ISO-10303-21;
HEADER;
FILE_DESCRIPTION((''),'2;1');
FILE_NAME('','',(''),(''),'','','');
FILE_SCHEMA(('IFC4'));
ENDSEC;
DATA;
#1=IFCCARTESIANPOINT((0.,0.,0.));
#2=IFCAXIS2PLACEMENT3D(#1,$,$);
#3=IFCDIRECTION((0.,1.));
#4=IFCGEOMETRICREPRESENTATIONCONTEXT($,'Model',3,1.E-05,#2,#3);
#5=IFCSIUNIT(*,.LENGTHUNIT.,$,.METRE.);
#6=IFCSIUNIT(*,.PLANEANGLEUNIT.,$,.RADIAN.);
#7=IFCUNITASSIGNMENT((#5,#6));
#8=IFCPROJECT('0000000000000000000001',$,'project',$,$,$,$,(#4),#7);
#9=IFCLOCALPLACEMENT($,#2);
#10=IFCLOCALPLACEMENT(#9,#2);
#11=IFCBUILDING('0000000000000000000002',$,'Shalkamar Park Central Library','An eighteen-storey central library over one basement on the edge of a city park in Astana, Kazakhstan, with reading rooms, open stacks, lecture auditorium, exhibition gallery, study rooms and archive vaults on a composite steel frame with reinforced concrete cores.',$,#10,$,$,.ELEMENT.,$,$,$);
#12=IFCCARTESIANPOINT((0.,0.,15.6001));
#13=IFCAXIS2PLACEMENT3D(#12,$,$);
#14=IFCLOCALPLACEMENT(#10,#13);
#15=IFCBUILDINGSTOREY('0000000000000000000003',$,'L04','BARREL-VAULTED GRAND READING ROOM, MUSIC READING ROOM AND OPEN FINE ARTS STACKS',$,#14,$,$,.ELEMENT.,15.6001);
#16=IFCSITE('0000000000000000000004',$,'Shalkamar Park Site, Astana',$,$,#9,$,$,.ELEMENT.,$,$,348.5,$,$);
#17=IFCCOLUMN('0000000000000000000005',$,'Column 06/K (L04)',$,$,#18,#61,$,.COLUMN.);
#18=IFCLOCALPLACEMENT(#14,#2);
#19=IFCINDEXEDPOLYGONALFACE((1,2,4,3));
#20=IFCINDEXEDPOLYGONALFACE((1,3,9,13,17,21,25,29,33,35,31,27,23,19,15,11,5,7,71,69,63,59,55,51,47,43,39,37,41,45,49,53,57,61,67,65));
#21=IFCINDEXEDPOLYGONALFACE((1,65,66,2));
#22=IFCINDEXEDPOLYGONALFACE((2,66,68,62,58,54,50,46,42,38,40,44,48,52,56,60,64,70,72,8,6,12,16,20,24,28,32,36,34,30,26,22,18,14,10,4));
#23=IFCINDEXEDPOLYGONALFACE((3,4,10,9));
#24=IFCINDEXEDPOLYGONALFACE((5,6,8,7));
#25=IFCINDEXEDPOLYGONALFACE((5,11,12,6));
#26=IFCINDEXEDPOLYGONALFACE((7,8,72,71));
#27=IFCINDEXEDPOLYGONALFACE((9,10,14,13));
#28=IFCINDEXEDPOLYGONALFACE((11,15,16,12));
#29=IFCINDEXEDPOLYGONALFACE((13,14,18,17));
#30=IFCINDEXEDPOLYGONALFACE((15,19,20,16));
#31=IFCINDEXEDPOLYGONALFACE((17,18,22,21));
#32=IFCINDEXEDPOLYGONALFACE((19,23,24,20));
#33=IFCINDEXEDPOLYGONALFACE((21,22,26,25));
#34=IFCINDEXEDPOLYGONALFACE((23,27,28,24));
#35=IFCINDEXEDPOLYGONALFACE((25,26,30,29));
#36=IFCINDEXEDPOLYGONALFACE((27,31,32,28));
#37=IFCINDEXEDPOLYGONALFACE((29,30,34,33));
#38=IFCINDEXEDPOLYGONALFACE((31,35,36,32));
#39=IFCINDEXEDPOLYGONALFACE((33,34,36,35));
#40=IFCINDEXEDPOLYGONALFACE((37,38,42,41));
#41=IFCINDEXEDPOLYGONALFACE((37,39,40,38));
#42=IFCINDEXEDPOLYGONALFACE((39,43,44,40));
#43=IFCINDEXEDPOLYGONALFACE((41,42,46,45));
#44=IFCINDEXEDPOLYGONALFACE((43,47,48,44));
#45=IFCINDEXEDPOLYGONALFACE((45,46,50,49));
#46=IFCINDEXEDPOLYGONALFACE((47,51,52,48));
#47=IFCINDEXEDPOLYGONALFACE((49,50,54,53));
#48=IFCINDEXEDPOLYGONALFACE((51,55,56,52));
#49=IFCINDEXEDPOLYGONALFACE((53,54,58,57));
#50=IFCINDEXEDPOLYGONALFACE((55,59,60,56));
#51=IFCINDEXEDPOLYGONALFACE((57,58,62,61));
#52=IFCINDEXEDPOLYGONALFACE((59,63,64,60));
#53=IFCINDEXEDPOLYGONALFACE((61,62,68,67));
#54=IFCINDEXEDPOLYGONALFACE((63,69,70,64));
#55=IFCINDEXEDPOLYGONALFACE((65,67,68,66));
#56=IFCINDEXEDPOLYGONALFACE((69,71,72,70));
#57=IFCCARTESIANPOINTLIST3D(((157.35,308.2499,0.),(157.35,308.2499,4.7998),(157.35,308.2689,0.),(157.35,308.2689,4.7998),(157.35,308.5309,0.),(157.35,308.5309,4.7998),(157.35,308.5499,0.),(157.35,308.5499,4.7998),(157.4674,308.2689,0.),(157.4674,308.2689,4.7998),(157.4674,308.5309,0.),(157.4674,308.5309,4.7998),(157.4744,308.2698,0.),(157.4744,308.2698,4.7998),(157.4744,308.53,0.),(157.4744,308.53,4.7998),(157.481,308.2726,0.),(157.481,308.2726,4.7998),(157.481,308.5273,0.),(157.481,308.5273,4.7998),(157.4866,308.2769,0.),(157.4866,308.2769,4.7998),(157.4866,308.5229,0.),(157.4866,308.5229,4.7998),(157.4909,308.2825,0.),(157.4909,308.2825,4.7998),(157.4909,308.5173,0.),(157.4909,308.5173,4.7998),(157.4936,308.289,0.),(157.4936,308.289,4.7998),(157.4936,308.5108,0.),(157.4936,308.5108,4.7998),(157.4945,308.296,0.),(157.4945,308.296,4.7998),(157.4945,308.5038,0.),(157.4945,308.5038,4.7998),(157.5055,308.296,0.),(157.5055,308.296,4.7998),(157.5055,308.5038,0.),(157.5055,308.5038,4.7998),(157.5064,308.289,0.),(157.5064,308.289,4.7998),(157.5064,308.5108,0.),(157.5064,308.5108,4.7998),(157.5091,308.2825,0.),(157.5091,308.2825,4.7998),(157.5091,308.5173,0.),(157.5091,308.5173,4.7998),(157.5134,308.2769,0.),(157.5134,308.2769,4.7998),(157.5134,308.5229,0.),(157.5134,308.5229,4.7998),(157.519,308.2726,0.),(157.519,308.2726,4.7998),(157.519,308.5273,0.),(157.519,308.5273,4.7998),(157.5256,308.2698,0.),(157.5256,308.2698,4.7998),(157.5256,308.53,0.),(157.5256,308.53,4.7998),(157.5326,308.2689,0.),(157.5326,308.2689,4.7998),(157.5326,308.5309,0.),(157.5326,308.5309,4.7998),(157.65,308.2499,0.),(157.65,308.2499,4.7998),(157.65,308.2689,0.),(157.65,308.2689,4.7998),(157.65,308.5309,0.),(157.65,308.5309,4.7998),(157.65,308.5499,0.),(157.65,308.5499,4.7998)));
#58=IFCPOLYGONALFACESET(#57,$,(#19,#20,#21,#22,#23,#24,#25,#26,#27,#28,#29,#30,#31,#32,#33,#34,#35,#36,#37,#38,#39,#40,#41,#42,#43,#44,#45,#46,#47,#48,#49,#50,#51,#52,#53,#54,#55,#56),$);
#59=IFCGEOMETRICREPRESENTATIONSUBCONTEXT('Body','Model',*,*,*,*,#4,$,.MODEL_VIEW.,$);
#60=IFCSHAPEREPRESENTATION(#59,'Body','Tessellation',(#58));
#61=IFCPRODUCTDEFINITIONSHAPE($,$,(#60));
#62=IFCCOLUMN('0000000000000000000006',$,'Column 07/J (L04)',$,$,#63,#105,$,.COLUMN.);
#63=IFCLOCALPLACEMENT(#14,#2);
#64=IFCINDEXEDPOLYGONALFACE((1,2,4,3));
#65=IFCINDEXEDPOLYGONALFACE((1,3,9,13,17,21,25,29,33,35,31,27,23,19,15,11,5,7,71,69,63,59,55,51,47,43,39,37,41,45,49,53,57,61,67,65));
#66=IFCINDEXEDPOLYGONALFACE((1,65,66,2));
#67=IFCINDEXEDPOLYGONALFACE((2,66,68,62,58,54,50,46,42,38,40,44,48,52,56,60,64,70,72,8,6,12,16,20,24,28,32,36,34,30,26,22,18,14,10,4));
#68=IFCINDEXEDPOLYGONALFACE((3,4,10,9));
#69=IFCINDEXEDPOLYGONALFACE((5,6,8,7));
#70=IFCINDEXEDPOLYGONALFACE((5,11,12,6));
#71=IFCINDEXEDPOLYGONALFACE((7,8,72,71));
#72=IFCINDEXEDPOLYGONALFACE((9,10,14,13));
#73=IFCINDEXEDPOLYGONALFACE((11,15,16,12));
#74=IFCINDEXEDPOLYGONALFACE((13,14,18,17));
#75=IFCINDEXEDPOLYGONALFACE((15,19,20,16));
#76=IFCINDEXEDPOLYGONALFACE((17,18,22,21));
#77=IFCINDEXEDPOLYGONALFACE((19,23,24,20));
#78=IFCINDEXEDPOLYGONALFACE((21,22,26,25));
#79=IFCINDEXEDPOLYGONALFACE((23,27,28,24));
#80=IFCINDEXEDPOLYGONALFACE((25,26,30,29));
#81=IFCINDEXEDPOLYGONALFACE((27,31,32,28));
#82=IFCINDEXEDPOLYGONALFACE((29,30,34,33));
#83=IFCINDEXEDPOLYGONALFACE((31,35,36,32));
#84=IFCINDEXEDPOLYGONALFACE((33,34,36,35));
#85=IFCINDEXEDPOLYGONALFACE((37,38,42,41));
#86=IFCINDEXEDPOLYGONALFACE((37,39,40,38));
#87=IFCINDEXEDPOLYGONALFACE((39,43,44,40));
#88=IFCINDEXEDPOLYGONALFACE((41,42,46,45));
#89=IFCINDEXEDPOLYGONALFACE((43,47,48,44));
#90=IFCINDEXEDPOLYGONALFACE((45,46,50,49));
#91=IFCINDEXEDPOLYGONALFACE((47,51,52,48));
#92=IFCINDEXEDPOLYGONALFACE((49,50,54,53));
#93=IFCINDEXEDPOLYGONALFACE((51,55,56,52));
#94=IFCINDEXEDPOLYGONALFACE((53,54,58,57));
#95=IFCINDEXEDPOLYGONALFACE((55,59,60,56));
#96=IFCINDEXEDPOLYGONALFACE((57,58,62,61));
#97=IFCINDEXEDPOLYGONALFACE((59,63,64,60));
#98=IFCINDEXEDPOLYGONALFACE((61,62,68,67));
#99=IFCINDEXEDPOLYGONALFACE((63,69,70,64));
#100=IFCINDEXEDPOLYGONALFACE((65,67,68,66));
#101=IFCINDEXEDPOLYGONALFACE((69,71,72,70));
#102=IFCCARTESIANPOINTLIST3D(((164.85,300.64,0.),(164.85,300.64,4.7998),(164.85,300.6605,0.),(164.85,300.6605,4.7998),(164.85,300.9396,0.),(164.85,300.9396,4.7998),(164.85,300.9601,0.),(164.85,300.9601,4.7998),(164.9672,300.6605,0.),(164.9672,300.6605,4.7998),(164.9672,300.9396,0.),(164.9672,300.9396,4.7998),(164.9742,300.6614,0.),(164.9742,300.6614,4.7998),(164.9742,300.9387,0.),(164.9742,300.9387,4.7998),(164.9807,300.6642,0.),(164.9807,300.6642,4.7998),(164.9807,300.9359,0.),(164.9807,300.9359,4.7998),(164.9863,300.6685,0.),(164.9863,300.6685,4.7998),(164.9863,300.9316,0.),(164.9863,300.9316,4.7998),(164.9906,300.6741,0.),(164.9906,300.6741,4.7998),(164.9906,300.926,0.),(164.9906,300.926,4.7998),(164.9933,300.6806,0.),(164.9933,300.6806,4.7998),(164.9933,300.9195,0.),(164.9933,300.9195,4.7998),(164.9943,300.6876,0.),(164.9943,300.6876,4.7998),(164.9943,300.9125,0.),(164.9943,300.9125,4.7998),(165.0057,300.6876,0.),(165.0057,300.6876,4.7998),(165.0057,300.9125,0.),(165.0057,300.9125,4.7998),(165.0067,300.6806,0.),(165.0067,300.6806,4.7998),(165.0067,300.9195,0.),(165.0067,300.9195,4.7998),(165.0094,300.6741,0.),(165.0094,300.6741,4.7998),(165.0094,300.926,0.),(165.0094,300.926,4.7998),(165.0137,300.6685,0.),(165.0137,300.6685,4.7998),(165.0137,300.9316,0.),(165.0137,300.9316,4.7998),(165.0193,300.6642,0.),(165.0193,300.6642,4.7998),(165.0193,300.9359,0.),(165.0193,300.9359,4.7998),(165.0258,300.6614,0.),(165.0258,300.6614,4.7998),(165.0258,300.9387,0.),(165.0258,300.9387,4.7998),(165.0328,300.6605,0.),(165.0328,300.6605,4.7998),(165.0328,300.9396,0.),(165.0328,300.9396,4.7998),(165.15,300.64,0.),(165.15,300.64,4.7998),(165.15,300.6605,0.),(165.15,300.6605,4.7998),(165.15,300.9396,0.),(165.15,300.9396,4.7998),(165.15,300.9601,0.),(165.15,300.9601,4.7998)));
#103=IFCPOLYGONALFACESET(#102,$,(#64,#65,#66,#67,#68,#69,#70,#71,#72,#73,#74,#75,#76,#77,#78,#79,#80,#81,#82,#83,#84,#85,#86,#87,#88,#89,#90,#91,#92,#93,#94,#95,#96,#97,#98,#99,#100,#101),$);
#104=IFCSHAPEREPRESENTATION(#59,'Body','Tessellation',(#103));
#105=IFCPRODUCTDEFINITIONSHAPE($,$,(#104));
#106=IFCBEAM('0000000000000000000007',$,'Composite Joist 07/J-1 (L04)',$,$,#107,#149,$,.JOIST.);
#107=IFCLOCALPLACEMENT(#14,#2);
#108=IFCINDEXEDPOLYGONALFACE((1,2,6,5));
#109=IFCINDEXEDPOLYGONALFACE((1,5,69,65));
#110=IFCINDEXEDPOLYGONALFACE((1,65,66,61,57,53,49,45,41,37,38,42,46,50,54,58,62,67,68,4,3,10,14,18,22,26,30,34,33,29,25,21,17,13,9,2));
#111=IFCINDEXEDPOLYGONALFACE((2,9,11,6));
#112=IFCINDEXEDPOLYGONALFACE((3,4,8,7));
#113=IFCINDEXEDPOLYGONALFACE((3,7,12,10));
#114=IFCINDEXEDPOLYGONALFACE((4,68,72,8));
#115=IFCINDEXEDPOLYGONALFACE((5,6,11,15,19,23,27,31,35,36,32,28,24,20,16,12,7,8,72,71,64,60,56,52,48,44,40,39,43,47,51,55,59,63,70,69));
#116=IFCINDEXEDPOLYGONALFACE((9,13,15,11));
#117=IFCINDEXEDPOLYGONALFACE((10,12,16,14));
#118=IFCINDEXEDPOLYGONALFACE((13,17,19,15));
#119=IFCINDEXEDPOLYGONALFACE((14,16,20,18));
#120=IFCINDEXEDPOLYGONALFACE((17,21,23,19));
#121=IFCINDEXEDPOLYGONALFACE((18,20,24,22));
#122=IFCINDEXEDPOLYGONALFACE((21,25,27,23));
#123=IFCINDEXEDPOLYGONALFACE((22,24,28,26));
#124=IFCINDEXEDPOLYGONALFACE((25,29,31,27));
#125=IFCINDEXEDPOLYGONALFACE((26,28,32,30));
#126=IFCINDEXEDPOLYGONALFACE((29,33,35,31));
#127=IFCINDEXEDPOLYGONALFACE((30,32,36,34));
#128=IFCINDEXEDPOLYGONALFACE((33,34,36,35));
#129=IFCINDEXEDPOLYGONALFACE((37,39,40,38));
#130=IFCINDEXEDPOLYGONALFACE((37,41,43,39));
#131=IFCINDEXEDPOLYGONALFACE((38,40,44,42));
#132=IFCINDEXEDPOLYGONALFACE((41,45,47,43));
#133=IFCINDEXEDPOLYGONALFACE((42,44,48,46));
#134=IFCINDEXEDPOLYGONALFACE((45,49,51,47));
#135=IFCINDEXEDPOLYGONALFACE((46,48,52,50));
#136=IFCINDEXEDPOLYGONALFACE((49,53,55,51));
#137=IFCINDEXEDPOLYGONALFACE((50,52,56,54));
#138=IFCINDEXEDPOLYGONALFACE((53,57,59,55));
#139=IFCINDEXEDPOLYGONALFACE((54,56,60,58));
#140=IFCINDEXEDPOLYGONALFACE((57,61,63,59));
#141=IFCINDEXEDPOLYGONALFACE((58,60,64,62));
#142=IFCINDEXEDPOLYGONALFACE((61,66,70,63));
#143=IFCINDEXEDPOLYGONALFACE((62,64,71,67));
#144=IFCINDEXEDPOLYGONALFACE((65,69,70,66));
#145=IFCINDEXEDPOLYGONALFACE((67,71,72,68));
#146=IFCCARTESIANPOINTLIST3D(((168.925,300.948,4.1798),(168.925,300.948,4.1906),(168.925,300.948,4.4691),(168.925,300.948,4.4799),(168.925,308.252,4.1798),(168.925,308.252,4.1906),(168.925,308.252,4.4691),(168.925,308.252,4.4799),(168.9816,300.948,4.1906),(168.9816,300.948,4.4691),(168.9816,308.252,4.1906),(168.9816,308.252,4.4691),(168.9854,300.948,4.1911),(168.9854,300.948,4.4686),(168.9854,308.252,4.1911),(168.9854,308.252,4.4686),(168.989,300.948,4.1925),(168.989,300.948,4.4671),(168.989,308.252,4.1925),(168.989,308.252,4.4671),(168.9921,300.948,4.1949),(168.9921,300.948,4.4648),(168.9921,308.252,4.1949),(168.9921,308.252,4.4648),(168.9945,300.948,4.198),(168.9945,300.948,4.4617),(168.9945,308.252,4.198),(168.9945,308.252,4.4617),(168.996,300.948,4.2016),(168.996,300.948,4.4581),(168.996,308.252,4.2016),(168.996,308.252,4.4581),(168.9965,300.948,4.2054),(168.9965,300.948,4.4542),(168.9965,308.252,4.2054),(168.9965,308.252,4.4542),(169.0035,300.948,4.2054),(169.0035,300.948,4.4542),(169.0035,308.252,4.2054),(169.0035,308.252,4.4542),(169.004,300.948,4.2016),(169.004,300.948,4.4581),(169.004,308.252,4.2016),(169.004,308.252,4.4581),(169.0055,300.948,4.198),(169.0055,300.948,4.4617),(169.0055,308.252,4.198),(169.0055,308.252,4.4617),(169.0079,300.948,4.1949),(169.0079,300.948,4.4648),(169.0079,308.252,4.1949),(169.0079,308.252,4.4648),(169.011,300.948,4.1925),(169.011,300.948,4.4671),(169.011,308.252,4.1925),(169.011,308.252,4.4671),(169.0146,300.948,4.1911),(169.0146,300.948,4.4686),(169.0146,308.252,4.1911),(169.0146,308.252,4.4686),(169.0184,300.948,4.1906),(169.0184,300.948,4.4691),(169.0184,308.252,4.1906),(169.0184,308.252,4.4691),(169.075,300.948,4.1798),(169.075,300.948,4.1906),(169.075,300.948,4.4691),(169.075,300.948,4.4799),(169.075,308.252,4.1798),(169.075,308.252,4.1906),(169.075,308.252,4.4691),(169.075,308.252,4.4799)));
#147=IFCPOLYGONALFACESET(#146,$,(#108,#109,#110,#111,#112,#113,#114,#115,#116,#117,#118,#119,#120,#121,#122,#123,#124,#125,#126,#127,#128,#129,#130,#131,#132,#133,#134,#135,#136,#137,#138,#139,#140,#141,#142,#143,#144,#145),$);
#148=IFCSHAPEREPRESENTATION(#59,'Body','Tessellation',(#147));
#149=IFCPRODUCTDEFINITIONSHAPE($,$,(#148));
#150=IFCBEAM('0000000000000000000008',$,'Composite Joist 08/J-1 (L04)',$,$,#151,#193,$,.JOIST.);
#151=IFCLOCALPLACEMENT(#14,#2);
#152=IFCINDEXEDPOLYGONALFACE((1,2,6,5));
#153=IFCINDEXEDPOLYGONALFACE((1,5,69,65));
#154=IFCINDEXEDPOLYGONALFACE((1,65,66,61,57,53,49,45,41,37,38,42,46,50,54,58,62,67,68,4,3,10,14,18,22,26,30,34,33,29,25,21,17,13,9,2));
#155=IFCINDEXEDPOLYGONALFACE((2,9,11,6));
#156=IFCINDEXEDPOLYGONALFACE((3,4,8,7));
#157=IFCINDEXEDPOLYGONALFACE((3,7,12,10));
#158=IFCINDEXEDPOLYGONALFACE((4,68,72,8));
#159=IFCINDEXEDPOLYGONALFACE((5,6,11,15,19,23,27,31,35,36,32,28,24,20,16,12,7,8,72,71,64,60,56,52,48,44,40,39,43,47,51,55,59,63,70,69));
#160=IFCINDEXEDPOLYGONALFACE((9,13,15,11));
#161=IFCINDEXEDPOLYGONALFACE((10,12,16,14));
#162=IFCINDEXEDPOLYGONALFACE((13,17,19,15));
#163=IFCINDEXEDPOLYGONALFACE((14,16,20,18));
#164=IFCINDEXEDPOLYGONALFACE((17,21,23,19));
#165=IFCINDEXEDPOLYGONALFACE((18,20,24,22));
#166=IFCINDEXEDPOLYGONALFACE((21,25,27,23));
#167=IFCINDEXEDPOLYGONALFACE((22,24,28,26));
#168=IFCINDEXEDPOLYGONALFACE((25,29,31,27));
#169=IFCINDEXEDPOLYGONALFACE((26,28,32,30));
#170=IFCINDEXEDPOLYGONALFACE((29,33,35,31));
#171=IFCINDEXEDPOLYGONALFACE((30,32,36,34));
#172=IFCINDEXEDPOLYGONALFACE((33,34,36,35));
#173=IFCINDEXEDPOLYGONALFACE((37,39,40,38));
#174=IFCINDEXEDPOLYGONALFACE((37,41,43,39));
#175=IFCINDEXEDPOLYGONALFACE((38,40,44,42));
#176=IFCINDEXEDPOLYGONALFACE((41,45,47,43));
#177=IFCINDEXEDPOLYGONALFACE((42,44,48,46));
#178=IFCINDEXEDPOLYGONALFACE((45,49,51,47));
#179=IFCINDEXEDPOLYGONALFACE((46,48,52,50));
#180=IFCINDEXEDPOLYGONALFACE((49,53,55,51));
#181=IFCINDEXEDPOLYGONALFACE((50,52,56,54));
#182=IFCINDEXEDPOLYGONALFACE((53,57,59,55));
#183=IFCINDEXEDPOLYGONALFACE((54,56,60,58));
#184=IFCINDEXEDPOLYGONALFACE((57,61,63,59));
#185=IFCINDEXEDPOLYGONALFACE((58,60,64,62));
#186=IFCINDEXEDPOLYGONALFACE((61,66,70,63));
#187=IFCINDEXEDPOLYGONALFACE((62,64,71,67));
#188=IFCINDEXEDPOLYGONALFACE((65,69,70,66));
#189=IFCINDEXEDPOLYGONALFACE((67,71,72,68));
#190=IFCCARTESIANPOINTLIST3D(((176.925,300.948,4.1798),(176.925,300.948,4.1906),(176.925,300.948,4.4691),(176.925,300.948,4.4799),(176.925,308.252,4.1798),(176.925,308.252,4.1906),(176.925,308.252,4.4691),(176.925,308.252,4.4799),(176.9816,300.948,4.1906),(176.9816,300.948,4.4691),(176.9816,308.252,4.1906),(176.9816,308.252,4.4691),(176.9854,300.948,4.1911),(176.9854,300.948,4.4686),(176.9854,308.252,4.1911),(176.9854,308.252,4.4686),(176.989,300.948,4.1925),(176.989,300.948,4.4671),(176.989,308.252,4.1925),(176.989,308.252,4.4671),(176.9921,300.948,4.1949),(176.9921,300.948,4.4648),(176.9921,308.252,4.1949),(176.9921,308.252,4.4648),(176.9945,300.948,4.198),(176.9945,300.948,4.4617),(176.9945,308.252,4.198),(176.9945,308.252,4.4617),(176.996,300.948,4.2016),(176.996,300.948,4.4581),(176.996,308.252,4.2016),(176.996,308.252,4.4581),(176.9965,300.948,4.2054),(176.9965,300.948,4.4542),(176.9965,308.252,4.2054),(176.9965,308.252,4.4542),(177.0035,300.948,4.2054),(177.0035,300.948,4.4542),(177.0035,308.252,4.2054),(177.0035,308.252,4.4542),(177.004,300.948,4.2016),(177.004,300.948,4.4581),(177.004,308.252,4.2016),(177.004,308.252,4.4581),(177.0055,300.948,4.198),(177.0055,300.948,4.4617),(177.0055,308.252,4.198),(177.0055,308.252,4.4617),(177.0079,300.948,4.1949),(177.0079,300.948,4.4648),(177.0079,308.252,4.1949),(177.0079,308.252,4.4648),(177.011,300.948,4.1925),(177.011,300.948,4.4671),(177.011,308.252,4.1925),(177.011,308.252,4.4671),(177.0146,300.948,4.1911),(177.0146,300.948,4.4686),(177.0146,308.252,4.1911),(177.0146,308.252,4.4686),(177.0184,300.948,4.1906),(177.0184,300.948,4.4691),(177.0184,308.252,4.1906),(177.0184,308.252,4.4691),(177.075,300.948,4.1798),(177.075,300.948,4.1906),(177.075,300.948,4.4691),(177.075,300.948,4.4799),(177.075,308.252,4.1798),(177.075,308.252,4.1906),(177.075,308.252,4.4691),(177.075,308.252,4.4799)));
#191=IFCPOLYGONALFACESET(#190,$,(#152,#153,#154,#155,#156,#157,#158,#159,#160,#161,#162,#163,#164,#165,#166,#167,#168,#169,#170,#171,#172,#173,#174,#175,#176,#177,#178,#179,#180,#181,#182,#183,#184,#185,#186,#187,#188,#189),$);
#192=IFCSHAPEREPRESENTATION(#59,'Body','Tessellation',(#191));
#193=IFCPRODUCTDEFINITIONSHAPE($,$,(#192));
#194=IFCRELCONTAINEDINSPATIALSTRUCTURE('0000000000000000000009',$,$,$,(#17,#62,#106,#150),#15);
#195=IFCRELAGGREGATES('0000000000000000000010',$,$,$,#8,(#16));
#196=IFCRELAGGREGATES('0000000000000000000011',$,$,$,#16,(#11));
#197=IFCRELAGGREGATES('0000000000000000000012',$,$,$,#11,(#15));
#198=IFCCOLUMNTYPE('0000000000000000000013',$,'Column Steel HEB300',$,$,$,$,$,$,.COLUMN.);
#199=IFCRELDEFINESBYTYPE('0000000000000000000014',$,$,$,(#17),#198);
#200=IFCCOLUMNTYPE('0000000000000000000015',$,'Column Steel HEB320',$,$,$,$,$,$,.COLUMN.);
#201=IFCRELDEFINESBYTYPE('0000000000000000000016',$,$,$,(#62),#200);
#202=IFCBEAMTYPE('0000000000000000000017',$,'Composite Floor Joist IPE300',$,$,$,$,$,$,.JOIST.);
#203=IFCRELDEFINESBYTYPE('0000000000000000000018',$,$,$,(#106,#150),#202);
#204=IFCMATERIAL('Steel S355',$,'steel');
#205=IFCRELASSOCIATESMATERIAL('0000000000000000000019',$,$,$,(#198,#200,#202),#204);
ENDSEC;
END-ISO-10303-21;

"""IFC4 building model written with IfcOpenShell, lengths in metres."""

from ifc_helpers import new_model, si_unit, direction, frame, origin, origin_2d, place, context, subcontext, project, spatial, i_section, extrude, material, material_profile, profile_set, type_object, element, save


model = new_model("IFC4")

# Units and contexts
model_context = context("Model", 3, precision=1e-05, world=origin(), true_north=direction((0.0, 1.0)))
body_context = subcontext(model_context, "Body", "Model", "MODEL_VIEW")
ifc_project = project(units=[si_unit("LENGTHUNIT", "METRE"), si_unit("PLANEANGLEUNIT", "RADIAN")], contexts=[model_context])

# Site, building, storey
site_placement = place(None, origin())
site = spatial("IfcSite", under=ifc_project, at=site_placement, Name="Shalkamar Park Site, Astana", CompositionType="ELEMENT", RefElevation=348.5)
building_placement = place(site_placement, origin())
building = spatial("IfcBuilding", under=site, at=building_placement, Name="Shalkamar Park Central Library", Description="An eighteen-storey central library over one basement on the edge of a city park in Astana, Kazakhstan, with reading rooms, open stacks, lecture auditorium, exhibition gallery, study rooms and archive vaults on a composite steel frame with reinforced concrete cores.", CompositionType="ELEMENT")
storey_placement = place(building_placement, frame((0.0, 0.0, 15.6001)))
storey = spatial("IfcBuildingStorey", under=building, at=storey_placement, Name="L04", Description="BARREL-VAULTED GRAND READING ROOM, MUSIC READING ROOM AND OPEN FINE ARTS STACKS", CompositionType="ELEMENT", Elevation=15.6001)

# Columns
ifc_material_1 = material(Name="Steel S355", Category="steel")
ifc_material_profile_1 = material_profile(ifc_material_1, i_section(OverallWidth=0.3, OverallDepth=0.3, WebThickness=0.011, FlangeThickness=0.019, FilletRadius=0.0271, at=origin_2d()), Name="HEB 300")
ifc_profile_set_1 = profile_set([ifc_material_profile_1], Name="Steel S355")
column_type_1 = type_object("IfcColumnType", Name="Column Steel HEB300", PredefinedType="COLUMN", material=ifc_profile_set_1)
for number, where, z_axis, x_axis, name in (
    (1, (157.5, 308.3999, 0.0), (0.0, 0.0, 1.0), (1.0, 0.0, 0.0), "Column 06/K (L04)"),
):
    element("IfcColumn", number, at=place(storey_placement, frame(where, z_axis=z_axis, x_axis=x_axis)), inside=storey, type_object=column_type_1, Name=name, PredefinedType="COLUMN", context=body_context, shape_type="SweptSolid", body=[
        extrude(i_section(OverallWidth=0.3, OverallDepth=0.3, WebThickness=0.011, FlangeThickness=0.019, FilletRadius=0.0271, at=origin_2d()), origin(), (0.0, 0.0, 1.0), 4.7998),
    ])
ifc_material_profile_2 = material_profile(ifc_material_1, i_section(OverallWidth=0.3, OverallDepth=0.3201, WebThickness=0.0115, FlangeThickness=0.0205, FilletRadius=0.0271, at=origin_2d()), Name="HEB 320")
ifc_profile_set_2 = profile_set([ifc_material_profile_2], Name="Steel S355")
column_type_2 = type_object("IfcColumnType", Name="Column Steel HEB320", PredefinedType="COLUMN", material=ifc_profile_set_2)
column_1_placement = place(storey_placement, frame((165.0, 300.8, 0.0), z_axis=(0.0, 0.0, 1.0), x_axis=(1.0, 0.0, 0.0)))
element("IfcColumn", 2, at=column_1_placement, inside=storey, type_object=column_type_2, Name="Column 07/J (L04)", PredefinedType="COLUMN", context=body_context, shape_type="SweptSolid", body=[
    extrude(i_section(OverallWidth=0.3, OverallDepth=0.3201, WebThickness=0.0115, FlangeThickness=0.0205, FilletRadius=0.0271, at=origin_2d()), origin(), (0.0, 0.0, 1.0), 4.7998),
])

# Beams
ifc_material_profile_3 = material_profile(ifc_material_1, i_section(OverallWidth=0.1499, OverallDepth=0.3, WebThickness=0.0071, FlangeThickness=0.0107, FilletRadius=0.0149, at=origin_2d()), Name="IPE 300")
ifc_profile_set_3 = profile_set([ifc_material_profile_3], Name="Steel S355")
beam_type_1 = type_object("IfcBeamType", Name="Composite Floor Joist IPE300", PredefinedType="JOIST", material=ifc_profile_set_3)
for number, where, z_axis, x_axis, name in (
    (3, (169.0, 300.948, 4.3298), (0.0, 1.0, 0.0), (-1.0, 0.0, 0.0), "Composite Joist 07/J-1 (L04)"),
    (4, (177.0, 300.948, 4.3298), (0.0, 1.0, 0.0), (-1.0, 0.0, 0.0), "Composite Joist 08/J-1 (L04)"),
):
    element("IfcBeam", number, at=place(storey_placement, frame(where, z_axis=z_axis, x_axis=x_axis)), inside=storey, type_object=beam_type_1, Name=name, PredefinedType="JOIST", context=body_context, shape_type="SweptSolid", body=[
        extrude(i_section(OverallWidth=0.1499, OverallDepth=0.3, WebThickness=0.0071, FlangeThickness=0.0107, FilletRadius=0.0149, at=origin_2d()), origin(), (0.0, 0.0, 1.0), 7.304),
    ])

save(model, "model.ifc")
